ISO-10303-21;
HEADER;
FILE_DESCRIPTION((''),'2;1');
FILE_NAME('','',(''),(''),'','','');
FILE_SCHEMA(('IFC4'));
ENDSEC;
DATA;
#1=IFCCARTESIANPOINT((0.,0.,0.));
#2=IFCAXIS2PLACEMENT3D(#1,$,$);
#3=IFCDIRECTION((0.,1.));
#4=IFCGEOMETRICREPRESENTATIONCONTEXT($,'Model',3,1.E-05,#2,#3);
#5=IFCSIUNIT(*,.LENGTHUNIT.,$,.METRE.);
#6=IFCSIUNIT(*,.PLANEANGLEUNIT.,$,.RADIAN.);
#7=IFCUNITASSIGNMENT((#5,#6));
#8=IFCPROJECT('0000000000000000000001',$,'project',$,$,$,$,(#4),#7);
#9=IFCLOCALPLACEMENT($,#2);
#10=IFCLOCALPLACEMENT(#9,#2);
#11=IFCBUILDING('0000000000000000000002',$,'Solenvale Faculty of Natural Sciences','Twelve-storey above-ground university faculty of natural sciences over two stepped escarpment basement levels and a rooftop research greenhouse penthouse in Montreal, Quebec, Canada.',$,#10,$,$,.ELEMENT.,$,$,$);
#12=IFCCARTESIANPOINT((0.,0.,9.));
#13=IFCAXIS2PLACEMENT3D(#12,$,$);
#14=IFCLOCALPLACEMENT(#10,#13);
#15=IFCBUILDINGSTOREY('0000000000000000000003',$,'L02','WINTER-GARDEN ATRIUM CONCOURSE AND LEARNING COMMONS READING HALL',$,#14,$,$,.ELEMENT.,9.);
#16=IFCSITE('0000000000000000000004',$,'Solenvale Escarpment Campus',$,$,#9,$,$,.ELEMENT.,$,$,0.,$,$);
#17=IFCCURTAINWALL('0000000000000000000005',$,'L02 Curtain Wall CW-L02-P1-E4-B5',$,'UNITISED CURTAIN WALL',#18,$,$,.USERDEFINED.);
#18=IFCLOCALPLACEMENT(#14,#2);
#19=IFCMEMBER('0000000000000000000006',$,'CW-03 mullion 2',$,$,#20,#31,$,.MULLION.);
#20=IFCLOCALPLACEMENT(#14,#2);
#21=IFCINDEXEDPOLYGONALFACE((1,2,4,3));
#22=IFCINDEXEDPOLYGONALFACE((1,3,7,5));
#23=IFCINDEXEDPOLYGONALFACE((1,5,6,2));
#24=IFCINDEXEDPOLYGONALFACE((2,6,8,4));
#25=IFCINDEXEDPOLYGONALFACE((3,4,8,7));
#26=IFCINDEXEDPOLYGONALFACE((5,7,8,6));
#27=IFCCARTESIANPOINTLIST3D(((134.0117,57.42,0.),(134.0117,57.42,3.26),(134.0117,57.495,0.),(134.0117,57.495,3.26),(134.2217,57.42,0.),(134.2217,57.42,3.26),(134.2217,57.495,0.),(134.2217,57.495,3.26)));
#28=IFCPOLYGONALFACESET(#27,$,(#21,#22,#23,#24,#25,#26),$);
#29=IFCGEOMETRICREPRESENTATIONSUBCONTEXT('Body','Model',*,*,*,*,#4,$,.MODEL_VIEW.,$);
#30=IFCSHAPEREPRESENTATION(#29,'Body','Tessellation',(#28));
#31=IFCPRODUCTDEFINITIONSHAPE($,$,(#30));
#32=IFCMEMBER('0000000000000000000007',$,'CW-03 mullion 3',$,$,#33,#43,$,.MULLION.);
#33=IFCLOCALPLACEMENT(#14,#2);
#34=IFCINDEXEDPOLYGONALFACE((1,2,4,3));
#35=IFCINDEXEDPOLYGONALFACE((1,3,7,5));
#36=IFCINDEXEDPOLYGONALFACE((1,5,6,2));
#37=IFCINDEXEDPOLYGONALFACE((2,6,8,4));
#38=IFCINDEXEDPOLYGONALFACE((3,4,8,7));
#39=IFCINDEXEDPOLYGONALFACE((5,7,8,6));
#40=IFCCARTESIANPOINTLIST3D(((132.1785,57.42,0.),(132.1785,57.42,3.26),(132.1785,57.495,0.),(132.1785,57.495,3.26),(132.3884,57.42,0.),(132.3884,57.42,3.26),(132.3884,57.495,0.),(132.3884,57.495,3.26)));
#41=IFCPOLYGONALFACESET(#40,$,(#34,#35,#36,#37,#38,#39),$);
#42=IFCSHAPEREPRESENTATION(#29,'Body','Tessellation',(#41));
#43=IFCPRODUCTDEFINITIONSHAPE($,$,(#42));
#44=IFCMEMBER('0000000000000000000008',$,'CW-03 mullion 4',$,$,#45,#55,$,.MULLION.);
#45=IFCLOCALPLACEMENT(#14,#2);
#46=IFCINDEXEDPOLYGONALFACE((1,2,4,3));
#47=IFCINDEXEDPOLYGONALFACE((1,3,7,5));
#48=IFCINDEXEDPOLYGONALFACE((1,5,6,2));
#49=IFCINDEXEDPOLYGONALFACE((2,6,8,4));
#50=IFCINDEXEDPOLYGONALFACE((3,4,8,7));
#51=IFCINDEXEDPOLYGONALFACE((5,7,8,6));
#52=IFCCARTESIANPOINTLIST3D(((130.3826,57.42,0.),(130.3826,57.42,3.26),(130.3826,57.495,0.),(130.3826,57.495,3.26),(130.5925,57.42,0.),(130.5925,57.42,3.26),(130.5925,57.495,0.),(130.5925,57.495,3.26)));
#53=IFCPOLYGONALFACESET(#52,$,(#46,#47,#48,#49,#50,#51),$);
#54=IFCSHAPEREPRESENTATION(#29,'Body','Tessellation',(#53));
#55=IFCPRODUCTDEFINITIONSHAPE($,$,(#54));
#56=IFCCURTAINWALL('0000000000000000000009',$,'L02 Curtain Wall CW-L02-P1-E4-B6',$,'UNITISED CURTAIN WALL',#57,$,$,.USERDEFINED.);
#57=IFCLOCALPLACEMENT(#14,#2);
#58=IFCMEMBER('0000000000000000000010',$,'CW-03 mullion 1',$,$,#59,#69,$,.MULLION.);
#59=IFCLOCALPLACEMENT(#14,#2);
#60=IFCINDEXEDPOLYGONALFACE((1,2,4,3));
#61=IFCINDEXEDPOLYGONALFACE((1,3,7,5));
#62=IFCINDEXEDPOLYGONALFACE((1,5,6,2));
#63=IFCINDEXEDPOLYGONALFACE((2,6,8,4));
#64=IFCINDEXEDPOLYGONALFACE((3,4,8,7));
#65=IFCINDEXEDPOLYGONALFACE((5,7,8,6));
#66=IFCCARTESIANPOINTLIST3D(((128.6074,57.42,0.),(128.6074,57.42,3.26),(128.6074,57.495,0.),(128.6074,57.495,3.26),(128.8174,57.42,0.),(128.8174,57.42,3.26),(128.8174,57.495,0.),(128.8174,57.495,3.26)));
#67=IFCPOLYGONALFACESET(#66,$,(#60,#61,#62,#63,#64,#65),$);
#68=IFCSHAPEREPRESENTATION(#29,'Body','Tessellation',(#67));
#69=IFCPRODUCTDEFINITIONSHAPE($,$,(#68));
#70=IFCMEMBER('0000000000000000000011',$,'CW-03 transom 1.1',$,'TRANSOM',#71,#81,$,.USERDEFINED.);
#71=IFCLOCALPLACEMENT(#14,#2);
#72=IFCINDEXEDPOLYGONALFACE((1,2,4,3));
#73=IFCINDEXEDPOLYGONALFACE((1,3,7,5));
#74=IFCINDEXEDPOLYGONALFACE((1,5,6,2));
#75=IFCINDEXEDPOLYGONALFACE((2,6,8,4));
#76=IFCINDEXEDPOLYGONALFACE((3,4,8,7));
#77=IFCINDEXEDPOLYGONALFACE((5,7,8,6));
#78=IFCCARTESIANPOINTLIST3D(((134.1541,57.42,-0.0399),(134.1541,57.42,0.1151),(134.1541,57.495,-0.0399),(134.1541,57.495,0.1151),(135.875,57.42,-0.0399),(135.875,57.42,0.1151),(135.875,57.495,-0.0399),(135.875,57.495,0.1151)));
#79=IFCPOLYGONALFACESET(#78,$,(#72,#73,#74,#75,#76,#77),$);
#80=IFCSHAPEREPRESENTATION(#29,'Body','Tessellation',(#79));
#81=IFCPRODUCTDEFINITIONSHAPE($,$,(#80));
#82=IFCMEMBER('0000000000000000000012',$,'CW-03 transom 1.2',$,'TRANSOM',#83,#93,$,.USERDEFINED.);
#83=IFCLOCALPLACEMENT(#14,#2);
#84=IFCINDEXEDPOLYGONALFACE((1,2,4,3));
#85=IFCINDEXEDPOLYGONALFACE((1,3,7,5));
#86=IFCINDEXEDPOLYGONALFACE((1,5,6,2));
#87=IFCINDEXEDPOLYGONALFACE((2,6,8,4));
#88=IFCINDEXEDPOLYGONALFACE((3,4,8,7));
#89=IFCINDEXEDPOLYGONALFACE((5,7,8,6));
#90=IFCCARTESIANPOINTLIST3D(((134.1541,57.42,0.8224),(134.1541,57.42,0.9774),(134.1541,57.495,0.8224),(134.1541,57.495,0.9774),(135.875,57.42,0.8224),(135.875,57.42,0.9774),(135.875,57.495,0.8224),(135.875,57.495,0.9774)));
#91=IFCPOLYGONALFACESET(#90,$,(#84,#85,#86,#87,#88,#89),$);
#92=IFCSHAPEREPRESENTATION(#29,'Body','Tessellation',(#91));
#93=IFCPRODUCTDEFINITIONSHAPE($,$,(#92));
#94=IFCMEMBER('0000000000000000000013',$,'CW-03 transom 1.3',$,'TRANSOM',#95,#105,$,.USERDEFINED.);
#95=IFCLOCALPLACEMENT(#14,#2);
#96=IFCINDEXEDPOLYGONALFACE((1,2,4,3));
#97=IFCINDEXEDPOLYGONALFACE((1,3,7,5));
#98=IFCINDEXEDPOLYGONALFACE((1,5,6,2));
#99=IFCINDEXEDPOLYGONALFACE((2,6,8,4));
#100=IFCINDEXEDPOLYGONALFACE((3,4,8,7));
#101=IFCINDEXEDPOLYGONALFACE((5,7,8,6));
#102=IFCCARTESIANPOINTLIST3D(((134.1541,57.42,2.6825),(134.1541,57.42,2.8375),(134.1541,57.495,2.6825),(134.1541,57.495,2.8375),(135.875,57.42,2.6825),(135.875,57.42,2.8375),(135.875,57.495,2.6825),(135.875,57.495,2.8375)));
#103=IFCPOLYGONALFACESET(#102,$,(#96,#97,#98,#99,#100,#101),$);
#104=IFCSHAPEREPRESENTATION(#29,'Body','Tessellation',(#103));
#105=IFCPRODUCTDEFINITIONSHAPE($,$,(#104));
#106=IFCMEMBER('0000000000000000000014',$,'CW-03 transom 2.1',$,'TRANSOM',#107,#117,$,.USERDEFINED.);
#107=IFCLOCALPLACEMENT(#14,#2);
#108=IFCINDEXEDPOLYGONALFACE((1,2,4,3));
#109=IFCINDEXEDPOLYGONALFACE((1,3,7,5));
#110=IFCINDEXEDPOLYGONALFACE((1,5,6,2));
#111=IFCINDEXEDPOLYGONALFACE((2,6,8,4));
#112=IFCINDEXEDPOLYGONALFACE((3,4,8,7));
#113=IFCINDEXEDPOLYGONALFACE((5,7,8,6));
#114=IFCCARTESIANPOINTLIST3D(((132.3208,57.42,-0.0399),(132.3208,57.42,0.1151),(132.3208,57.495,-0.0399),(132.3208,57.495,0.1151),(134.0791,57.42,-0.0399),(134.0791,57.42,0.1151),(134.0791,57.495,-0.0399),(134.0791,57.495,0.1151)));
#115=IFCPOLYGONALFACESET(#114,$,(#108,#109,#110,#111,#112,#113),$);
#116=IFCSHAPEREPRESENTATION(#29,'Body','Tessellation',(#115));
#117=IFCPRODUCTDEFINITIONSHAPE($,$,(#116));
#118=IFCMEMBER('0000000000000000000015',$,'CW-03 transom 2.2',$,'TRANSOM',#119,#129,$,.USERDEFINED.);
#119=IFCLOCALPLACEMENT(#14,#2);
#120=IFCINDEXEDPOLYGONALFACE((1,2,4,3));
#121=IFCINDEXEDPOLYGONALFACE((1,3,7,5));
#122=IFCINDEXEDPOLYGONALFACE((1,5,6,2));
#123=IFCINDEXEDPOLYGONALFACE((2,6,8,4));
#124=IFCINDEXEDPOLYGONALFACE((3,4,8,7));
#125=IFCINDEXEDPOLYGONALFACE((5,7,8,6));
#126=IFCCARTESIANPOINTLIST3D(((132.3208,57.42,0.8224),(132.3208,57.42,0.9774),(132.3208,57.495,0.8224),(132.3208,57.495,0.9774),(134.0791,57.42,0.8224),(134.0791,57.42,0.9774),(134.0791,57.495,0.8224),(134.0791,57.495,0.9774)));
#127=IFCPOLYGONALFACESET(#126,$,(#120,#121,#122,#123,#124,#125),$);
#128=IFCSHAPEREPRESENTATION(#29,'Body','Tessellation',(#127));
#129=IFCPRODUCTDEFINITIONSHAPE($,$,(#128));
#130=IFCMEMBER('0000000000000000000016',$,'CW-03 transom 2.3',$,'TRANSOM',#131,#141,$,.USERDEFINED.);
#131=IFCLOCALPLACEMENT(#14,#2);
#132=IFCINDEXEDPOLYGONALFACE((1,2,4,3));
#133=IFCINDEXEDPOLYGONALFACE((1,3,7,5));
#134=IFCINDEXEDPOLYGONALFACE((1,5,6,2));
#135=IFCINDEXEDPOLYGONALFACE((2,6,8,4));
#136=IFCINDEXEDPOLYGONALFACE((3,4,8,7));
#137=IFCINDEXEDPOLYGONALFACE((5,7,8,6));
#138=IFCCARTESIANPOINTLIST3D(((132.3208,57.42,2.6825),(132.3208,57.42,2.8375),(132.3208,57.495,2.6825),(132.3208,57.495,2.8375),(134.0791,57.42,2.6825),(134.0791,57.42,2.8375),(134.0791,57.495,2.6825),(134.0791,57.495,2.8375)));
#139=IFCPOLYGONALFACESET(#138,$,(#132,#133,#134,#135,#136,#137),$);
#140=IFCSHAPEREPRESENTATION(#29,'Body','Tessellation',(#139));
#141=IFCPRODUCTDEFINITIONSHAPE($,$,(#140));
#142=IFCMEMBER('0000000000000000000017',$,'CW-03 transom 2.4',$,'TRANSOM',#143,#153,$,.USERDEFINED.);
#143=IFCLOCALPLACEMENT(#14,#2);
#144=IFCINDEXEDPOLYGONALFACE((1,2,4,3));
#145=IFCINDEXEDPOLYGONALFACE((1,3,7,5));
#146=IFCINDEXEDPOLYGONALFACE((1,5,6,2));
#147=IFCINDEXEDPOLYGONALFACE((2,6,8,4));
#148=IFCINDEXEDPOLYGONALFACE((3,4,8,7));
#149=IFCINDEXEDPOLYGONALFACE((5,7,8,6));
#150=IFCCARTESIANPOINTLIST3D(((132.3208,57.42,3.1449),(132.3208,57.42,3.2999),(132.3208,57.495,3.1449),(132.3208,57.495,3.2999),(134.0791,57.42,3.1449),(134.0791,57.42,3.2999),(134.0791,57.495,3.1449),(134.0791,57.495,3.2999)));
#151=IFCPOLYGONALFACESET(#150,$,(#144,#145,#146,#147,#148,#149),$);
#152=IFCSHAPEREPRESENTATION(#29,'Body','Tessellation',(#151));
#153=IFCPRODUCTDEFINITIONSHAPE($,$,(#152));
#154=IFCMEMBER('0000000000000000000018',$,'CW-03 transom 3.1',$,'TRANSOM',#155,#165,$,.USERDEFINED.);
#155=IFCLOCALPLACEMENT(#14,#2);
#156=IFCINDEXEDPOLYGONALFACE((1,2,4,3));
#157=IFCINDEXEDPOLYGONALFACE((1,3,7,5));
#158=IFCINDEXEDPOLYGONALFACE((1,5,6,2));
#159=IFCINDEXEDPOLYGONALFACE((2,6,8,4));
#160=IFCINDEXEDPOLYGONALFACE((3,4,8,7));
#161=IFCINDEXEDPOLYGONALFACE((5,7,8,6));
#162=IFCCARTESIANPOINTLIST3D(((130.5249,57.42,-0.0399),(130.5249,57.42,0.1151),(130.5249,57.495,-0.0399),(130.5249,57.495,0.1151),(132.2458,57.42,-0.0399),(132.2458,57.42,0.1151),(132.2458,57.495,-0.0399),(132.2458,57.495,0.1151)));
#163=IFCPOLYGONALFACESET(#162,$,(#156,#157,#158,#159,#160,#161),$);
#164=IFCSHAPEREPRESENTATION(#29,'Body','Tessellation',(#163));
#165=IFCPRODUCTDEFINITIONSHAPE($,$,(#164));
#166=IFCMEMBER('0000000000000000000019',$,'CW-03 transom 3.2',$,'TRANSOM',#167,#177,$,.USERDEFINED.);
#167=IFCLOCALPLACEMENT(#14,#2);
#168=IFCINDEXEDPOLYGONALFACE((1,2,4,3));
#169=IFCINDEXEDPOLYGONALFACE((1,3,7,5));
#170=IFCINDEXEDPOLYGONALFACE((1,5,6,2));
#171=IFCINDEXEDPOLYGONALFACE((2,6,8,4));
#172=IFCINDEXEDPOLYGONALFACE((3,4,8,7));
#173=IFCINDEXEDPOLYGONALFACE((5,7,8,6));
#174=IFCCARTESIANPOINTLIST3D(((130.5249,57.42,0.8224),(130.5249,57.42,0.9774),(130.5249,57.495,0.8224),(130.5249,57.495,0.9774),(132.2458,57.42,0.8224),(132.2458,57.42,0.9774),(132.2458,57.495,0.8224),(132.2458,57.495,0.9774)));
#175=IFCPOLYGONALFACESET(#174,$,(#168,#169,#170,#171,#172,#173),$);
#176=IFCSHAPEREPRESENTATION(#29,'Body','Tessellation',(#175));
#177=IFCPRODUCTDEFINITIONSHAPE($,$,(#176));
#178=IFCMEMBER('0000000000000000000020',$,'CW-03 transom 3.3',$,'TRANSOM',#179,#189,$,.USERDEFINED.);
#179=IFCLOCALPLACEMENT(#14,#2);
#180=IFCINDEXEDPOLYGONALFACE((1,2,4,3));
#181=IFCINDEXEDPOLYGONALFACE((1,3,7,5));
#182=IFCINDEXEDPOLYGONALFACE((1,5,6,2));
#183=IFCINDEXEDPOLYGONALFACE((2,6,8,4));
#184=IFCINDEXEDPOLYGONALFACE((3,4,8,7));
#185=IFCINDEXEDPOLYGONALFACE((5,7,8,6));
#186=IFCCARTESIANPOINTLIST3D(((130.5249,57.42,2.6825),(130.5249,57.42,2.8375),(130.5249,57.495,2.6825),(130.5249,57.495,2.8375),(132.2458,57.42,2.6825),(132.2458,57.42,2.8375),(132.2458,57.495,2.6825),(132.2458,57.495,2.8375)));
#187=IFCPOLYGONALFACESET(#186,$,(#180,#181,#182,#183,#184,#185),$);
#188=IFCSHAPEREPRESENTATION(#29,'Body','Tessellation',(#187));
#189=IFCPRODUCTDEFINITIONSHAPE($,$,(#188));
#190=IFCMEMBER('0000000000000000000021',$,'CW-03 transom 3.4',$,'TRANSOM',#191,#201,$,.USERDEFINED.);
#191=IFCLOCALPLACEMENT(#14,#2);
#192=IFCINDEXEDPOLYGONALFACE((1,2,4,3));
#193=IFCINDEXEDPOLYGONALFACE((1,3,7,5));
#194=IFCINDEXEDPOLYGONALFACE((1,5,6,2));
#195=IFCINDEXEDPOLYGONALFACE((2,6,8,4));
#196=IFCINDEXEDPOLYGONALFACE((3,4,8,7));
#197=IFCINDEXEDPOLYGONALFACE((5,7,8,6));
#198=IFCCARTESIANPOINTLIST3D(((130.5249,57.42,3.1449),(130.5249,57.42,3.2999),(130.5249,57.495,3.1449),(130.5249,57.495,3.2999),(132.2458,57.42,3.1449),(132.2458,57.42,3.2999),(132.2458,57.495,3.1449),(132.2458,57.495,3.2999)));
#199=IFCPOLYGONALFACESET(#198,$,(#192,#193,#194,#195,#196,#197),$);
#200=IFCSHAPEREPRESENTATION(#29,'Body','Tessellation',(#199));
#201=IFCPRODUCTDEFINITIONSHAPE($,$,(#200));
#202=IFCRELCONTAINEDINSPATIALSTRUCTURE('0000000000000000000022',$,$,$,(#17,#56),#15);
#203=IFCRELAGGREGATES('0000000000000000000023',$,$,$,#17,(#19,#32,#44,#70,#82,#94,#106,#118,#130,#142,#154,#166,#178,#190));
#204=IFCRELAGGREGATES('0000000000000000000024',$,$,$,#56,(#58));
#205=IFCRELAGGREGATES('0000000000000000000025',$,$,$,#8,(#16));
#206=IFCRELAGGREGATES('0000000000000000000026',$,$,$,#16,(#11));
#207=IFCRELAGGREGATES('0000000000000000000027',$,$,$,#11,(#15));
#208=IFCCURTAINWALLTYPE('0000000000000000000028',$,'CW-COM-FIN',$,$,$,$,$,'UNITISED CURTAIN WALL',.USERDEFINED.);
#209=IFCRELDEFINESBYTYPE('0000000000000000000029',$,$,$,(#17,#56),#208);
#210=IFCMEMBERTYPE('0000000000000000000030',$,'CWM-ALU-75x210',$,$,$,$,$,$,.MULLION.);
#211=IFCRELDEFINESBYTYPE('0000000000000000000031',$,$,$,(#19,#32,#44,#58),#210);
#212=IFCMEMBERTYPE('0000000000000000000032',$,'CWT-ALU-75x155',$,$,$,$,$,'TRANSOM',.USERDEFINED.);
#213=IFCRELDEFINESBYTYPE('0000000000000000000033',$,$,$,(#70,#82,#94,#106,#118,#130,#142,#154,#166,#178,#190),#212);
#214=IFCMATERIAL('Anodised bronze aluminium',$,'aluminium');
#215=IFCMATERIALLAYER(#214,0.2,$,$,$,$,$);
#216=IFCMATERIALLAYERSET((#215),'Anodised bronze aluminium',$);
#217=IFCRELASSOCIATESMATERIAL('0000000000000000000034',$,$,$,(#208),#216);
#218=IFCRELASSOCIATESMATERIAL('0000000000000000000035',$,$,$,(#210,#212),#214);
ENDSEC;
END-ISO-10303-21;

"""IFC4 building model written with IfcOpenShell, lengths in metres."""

from ifc_helpers import new_model, si_unit, direction, frame, origin, origin_2d, place, context, subcontext, project, spatial, rectangle, extrude, material, layer, layer_set, material_profile, profile_set, type_object, element, aggregate, save


model = new_model("IFC4")

# Units and contexts
model_context = context("Model", 3, precision=1e-05, world=origin(), true_north=direction((0.0, 1.0)))
body_context = subcontext(model_context, "Body", "Model", "MODEL_VIEW")
ifc_project = project(units=[si_unit("LENGTHUNIT", "METRE"), si_unit("PLANEANGLEUNIT", "RADIAN")], contexts=[model_context])

# Site, building, storey
site_placement = place(None, origin())
site = spatial("IfcSite", under=ifc_project, at=site_placement, Name="Solenvale Escarpment Campus", CompositionType="ELEMENT", RefElevation=0.0)
building_placement = place(site_placement, origin())
building = spatial("IfcBuilding", under=site, at=building_placement, Name="Solenvale Faculty of Natural Sciences", Description="Twelve-storey above-ground university faculty of natural sciences over two stepped escarpment basement levels and a rooftop research greenhouse penthouse in Montreal, Quebec, Canada.", CompositionType="ELEMENT")
storey_placement = place(building_placement, frame((0.0, 0.0, 9.0)))
storey = spatial("IfcBuildingStorey", under=building, at=storey_placement, Name="L02", Description="WINTER-GARDEN ATRIUM CONCOURSE AND LEARNING COMMONS READING HALL", CompositionType="ELEMENT", Elevation=9.0)

# Curtain wall, members
ifc_material_1 = material(Name="Anodised bronze aluminium", Category="aluminium")
ifc_layer_1 = layer(ifc_material_1, 0.2)
ifc_layer_set_1 = layer_set([ifc_layer_1], Name="Anodised bronze aluminium")
curtain_wall_type = type_object("IfcCurtainWallType", Name="CW-COM-FIN", ElementType="UNITISED CURTAIN WALL", PredefinedType="USERDEFINED", material=ifc_layer_set_1)
curtain_wall_1_placement = place(storey_placement, origin())
curtain_wall_1 = element("IfcCurtainWall", 1, at=curtain_wall_1_placement, inside=storey, type_object=curtain_wall_type, Name="L02 Curtain Wall CW-L02-P1-E4-B5", ObjectType="UNITISED CURTAIN WALL", PredefinedType="USERDEFINED")
ifc_material_profile_1 = material_profile(ifc_material_1, rectangle(XDim=0.075, YDim=0.21, at=origin_2d()), Name="ALU-MUL-75x210")
ifc_profile_set_1 = profile_set([ifc_material_profile_1], Name="Anodised bronze aluminium")
member_type_1 = type_object("IfcMemberType", Name="CWM-ALU-75x210", PredefinedType="MULLION", material=ifc_profile_set_1)
member_1_placement = place(storey_placement, frame((134.1167, 57.4575, 0.0), z_axis=(0.0, 0.0, 1.0), x_axis=(0.0, -1.0, 0.0)))
member_1 = element("IfcMember", 2, at=member_1_placement, type_object=member_type_1, Name="CW-03 mullion 2", PredefinedType="MULLION", context=body_context, shape_type="SweptSolid", body=[
    extrude(rectangle(XDim=0.075, YDim=0.21, at=origin_2d()), origin(), (0.0, 0.0, 1.0), 3.26),
])
member_2_placement = place(storey_placement, frame((132.2834, 57.4575, 0.0), z_axis=(0.0, 0.0, 1.0), x_axis=(0.0, -1.0, 0.0)))
member_2 = element("IfcMember", 3, at=member_2_placement, type_object=member_type_1, Name="CW-03 mullion 3", PredefinedType="MULLION", context=body_context, shape_type="SweptSolid", body=[
    extrude(rectangle(XDim=0.075, YDim=0.21, at=origin_2d()), origin(), (0.0, 0.0, 1.0), 3.26),
])
member_3_placement = place(storey_placement, frame((130.4875, 57.4575, 0.0), z_axis=(0.0, 0.0, 1.0), x_axis=(0.0, -1.0, 0.0)))
member_3 = element("IfcMember", 4, at=member_3_placement, type_object=member_type_1, Name="CW-03 mullion 4", PredefinedType="MULLION", context=body_context, shape_type="SweptSolid", body=[
    extrude(rectangle(XDim=0.075, YDim=0.21, at=origin_2d()), origin(), (0.0, 0.0, 1.0), 3.26),
])

# Curtain wall, member
curtain_wall_2_placement = place(storey_placement, origin())
curtain_wall_2 = element("IfcCurtainWall", 5, at=curtain_wall_2_placement, inside=storey, type_object=curtain_wall_type, Name="L02 Curtain Wall CW-L02-P1-E4-B6", ObjectType="UNITISED CURTAIN WALL", PredefinedType="USERDEFINED")
member_4_placement = place(storey_placement, frame((128.7124, 57.4575, 0.0), z_axis=(0.0, 0.0, 1.0), x_axis=(0.0, -1.0, 0.0)))
member_4 = element("IfcMember", 6, at=member_4_placement, type_object=member_type_1, Name="CW-03 mullion 1", PredefinedType="MULLION", context=body_context, shape_type="SweptSolid", body=[
    extrude(rectangle(XDim=0.075, YDim=0.21, at=origin_2d()), origin(), (0.0, 0.0, 1.0), 3.26),
])

# Members
ifc_material_profile_2 = material_profile(ifc_material_1, rectangle(XDim=0.075, YDim=0.155, at=origin_2d()), Name="ALU-TRN-75x155")
ifc_profile_set_2 = profile_set([ifc_material_profile_2], Name="Anodised bronze aluminium")
member_type_2 = type_object("IfcMemberType", Name="CWT-ALU-75x155", ElementType="TRANSOM", PredefinedType="USERDEFINED", material=ifc_profile_set_2)
member_5_placement = place(storey_placement, frame((135.875, 57.4575, 0.0376), z_axis=(-1.0, 0.0, 0.0), x_axis=(0.0, -1.0, 0.0)))
member_5 = element("IfcMember", 7, at=member_5_placement, type_object=member_type_2, Name="CW-03 transom 1.1", ObjectType="TRANSOM", PredefinedType="USERDEFINED", context=body_context, shape_type="SweptSolid", body=[
    extrude(rectangle(XDim=0.075, YDim=0.155, at=origin_2d()), origin(), (0.0, 0.0, 1.0), 1.7209),
])
member_6_placement = place(storey_placement, frame((135.875, 57.4575, 0.8999), z_axis=(-1.0, 0.0, 0.0), x_axis=(0.0, -1.0, 0.0)))
member_6 = element("IfcMember", 8, at=member_6_placement, type_object=member_type_2, Name="CW-03 transom 1.2", ObjectType="TRANSOM", PredefinedType="USERDEFINED", context=body_context, shape_type="SweptSolid", body=[
    extrude(rectangle(XDim=0.075, YDim=0.155, at=origin_2d()), origin(), (0.0, 0.0, 1.0), 1.7209),
])
member_7_placement = place(storey_placement, frame((135.875, 57.4575, 2.76), z_axis=(-1.0, 0.0, 0.0), x_axis=(0.0, -1.0, 0.0)))
member_7 = element("IfcMember", 9, at=member_7_placement, type_object=member_type_2, Name="CW-03 transom 1.3", ObjectType="TRANSOM", PredefinedType="USERDEFINED", context=body_context, shape_type="SweptSolid", body=[
    extrude(rectangle(XDim=0.075, YDim=0.155, at=origin_2d()), origin(), (0.0, 0.0, 1.0), 1.7209),
])
member_8_placement = place(storey_placement, frame((134.0791, 57.4575, 0.0376), z_axis=(-1.0, 0.0, 0.0), x_axis=(0.0, -1.0, 0.0)))
member_8 = element("IfcMember", 10, at=member_8_placement, type_object=member_type_2, Name="CW-03 transom 2.1", ObjectType="TRANSOM", PredefinedType="USERDEFINED", context=body_context, shape_type="SweptSolid", body=[
    extrude(rectangle(XDim=0.075, YDim=0.155, at=origin_2d()), origin(), (0.0, 0.0, 1.0), 1.7583),
])
member_9_placement = place(storey_placement, frame((134.0791, 57.4575, 0.8999), z_axis=(-1.0, 0.0, 0.0), x_axis=(0.0, -1.0, 0.0)))
member_9 = element("IfcMember", 11, at=member_9_placement, type_object=member_type_2, Name="CW-03 transom 2.2", ObjectType="TRANSOM", PredefinedType="USERDEFINED", context=body_context, shape_type="SweptSolid", body=[
    extrude(rectangle(XDim=0.075, YDim=0.155, at=origin_2d()), origin(), (0.0, 0.0, 1.0), 1.7583),
])
member_10_placement = place(storey_placement, frame((134.0791, 57.4575, 2.76), z_axis=(-1.0, 0.0, 0.0), x_axis=(0.0, -1.0, 0.0)))
member_10 = element("IfcMember", 12, at=member_10_placement, type_object=member_type_2, Name="CW-03 transom 2.3", ObjectType="TRANSOM", PredefinedType="USERDEFINED", context=body_context, shape_type="SweptSolid", body=[
    extrude(rectangle(XDim=0.075, YDim=0.155, at=origin_2d()), origin(), (0.0, 0.0, 1.0), 1.7583),
])
member_11_placement = place(storey_placement, frame((134.0791, 57.4575, 3.2224), z_axis=(-1.0, 0.0, 0.0), x_axis=(0.0, -1.0, 0.0)))
member_11 = element("IfcMember", 13, at=member_11_placement, type_object=member_type_2, Name="CW-03 transom 2.4", ObjectType="TRANSOM", PredefinedType="USERDEFINED", context=body_context, shape_type="SweptSolid", body=[
    extrude(rectangle(XDim=0.075, YDim=0.155, at=origin_2d()), origin(), (0.0, 0.0, 1.0), 1.7583),
])
member_12_placement = place(storey_placement, frame((132.2458, 57.4575, 0.0376), z_axis=(-1.0, 0.0, 0.0), x_axis=(0.0, -1.0, 0.0)))
member_12 = element("IfcMember", 14, at=member_12_placement, type_object=member_type_2, Name="CW-03 transom 3.1", ObjectType="TRANSOM", PredefinedType="USERDEFINED", context=body_context, shape_type="SweptSolid", body=[
    extrude(rectangle(XDim=0.075, YDim=0.155, at=origin_2d()), origin(), (0.0, 0.0, 1.0), 1.7209),
])
member_13_placement = place(storey_placement, frame((132.2458, 57.4575, 0.8999), z_axis=(-1.0, 0.0, 0.0), x_axis=(0.0, -1.0, 0.0)))
member_13 = element("IfcMember", 15, at=member_13_placement, type_object=member_type_2, Name="CW-03 transom 3.2", ObjectType="TRANSOM", PredefinedType="USERDEFINED", context=body_context, shape_type="SweptSolid", body=[
    extrude(rectangle(XDim=0.075, YDim=0.155, at=origin_2d()), origin(), (0.0, 0.0, 1.0), 1.7209),
])
member_14_placement = place(storey_placement, frame((132.2458, 57.4575, 2.76), z_axis=(-1.0, 0.0, 0.0), x_axis=(0.0, -1.0, 0.0)))
member_14 = element("IfcMember", 16, at=member_14_placement, type_object=member_type_2, Name="CW-03 transom 3.3", ObjectType="TRANSOM", PredefinedType="USERDEFINED", context=body_context, shape_type="SweptSolid", body=[
    extrude(rectangle(XDim=0.075, YDim=0.155, at=origin_2d()), origin(), (0.0, 0.0, 1.0), 1.7209),
])
member_15_placement = place(storey_placement, frame((132.2458, 57.4575, 3.2224), z_axis=(-1.0, 0.0, 0.0), x_axis=(0.0, -1.0, 0.0)))
member_15 = element("IfcMember", 17, at=member_15_placement, type_object=member_type_2, Name="CW-03 transom 3.4", ObjectType="TRANSOM", PredefinedType="USERDEFINED", context=body_context, shape_type="SweptSolid", body=[
    extrude(rectangle(XDim=0.075, YDim=0.155, at=origin_2d()), origin(), (0.0, 0.0, 1.0), 1.7209),
])

aggregate(curtain_wall_1, [member_1, member_2, member_3, member_5, member_6, member_7, member_8, member_9, member_10, member_11, member_12, member_13, member_14, member_15])
aggregate(curtain_wall_2, [member_4])

save(model, "model.ifc")
